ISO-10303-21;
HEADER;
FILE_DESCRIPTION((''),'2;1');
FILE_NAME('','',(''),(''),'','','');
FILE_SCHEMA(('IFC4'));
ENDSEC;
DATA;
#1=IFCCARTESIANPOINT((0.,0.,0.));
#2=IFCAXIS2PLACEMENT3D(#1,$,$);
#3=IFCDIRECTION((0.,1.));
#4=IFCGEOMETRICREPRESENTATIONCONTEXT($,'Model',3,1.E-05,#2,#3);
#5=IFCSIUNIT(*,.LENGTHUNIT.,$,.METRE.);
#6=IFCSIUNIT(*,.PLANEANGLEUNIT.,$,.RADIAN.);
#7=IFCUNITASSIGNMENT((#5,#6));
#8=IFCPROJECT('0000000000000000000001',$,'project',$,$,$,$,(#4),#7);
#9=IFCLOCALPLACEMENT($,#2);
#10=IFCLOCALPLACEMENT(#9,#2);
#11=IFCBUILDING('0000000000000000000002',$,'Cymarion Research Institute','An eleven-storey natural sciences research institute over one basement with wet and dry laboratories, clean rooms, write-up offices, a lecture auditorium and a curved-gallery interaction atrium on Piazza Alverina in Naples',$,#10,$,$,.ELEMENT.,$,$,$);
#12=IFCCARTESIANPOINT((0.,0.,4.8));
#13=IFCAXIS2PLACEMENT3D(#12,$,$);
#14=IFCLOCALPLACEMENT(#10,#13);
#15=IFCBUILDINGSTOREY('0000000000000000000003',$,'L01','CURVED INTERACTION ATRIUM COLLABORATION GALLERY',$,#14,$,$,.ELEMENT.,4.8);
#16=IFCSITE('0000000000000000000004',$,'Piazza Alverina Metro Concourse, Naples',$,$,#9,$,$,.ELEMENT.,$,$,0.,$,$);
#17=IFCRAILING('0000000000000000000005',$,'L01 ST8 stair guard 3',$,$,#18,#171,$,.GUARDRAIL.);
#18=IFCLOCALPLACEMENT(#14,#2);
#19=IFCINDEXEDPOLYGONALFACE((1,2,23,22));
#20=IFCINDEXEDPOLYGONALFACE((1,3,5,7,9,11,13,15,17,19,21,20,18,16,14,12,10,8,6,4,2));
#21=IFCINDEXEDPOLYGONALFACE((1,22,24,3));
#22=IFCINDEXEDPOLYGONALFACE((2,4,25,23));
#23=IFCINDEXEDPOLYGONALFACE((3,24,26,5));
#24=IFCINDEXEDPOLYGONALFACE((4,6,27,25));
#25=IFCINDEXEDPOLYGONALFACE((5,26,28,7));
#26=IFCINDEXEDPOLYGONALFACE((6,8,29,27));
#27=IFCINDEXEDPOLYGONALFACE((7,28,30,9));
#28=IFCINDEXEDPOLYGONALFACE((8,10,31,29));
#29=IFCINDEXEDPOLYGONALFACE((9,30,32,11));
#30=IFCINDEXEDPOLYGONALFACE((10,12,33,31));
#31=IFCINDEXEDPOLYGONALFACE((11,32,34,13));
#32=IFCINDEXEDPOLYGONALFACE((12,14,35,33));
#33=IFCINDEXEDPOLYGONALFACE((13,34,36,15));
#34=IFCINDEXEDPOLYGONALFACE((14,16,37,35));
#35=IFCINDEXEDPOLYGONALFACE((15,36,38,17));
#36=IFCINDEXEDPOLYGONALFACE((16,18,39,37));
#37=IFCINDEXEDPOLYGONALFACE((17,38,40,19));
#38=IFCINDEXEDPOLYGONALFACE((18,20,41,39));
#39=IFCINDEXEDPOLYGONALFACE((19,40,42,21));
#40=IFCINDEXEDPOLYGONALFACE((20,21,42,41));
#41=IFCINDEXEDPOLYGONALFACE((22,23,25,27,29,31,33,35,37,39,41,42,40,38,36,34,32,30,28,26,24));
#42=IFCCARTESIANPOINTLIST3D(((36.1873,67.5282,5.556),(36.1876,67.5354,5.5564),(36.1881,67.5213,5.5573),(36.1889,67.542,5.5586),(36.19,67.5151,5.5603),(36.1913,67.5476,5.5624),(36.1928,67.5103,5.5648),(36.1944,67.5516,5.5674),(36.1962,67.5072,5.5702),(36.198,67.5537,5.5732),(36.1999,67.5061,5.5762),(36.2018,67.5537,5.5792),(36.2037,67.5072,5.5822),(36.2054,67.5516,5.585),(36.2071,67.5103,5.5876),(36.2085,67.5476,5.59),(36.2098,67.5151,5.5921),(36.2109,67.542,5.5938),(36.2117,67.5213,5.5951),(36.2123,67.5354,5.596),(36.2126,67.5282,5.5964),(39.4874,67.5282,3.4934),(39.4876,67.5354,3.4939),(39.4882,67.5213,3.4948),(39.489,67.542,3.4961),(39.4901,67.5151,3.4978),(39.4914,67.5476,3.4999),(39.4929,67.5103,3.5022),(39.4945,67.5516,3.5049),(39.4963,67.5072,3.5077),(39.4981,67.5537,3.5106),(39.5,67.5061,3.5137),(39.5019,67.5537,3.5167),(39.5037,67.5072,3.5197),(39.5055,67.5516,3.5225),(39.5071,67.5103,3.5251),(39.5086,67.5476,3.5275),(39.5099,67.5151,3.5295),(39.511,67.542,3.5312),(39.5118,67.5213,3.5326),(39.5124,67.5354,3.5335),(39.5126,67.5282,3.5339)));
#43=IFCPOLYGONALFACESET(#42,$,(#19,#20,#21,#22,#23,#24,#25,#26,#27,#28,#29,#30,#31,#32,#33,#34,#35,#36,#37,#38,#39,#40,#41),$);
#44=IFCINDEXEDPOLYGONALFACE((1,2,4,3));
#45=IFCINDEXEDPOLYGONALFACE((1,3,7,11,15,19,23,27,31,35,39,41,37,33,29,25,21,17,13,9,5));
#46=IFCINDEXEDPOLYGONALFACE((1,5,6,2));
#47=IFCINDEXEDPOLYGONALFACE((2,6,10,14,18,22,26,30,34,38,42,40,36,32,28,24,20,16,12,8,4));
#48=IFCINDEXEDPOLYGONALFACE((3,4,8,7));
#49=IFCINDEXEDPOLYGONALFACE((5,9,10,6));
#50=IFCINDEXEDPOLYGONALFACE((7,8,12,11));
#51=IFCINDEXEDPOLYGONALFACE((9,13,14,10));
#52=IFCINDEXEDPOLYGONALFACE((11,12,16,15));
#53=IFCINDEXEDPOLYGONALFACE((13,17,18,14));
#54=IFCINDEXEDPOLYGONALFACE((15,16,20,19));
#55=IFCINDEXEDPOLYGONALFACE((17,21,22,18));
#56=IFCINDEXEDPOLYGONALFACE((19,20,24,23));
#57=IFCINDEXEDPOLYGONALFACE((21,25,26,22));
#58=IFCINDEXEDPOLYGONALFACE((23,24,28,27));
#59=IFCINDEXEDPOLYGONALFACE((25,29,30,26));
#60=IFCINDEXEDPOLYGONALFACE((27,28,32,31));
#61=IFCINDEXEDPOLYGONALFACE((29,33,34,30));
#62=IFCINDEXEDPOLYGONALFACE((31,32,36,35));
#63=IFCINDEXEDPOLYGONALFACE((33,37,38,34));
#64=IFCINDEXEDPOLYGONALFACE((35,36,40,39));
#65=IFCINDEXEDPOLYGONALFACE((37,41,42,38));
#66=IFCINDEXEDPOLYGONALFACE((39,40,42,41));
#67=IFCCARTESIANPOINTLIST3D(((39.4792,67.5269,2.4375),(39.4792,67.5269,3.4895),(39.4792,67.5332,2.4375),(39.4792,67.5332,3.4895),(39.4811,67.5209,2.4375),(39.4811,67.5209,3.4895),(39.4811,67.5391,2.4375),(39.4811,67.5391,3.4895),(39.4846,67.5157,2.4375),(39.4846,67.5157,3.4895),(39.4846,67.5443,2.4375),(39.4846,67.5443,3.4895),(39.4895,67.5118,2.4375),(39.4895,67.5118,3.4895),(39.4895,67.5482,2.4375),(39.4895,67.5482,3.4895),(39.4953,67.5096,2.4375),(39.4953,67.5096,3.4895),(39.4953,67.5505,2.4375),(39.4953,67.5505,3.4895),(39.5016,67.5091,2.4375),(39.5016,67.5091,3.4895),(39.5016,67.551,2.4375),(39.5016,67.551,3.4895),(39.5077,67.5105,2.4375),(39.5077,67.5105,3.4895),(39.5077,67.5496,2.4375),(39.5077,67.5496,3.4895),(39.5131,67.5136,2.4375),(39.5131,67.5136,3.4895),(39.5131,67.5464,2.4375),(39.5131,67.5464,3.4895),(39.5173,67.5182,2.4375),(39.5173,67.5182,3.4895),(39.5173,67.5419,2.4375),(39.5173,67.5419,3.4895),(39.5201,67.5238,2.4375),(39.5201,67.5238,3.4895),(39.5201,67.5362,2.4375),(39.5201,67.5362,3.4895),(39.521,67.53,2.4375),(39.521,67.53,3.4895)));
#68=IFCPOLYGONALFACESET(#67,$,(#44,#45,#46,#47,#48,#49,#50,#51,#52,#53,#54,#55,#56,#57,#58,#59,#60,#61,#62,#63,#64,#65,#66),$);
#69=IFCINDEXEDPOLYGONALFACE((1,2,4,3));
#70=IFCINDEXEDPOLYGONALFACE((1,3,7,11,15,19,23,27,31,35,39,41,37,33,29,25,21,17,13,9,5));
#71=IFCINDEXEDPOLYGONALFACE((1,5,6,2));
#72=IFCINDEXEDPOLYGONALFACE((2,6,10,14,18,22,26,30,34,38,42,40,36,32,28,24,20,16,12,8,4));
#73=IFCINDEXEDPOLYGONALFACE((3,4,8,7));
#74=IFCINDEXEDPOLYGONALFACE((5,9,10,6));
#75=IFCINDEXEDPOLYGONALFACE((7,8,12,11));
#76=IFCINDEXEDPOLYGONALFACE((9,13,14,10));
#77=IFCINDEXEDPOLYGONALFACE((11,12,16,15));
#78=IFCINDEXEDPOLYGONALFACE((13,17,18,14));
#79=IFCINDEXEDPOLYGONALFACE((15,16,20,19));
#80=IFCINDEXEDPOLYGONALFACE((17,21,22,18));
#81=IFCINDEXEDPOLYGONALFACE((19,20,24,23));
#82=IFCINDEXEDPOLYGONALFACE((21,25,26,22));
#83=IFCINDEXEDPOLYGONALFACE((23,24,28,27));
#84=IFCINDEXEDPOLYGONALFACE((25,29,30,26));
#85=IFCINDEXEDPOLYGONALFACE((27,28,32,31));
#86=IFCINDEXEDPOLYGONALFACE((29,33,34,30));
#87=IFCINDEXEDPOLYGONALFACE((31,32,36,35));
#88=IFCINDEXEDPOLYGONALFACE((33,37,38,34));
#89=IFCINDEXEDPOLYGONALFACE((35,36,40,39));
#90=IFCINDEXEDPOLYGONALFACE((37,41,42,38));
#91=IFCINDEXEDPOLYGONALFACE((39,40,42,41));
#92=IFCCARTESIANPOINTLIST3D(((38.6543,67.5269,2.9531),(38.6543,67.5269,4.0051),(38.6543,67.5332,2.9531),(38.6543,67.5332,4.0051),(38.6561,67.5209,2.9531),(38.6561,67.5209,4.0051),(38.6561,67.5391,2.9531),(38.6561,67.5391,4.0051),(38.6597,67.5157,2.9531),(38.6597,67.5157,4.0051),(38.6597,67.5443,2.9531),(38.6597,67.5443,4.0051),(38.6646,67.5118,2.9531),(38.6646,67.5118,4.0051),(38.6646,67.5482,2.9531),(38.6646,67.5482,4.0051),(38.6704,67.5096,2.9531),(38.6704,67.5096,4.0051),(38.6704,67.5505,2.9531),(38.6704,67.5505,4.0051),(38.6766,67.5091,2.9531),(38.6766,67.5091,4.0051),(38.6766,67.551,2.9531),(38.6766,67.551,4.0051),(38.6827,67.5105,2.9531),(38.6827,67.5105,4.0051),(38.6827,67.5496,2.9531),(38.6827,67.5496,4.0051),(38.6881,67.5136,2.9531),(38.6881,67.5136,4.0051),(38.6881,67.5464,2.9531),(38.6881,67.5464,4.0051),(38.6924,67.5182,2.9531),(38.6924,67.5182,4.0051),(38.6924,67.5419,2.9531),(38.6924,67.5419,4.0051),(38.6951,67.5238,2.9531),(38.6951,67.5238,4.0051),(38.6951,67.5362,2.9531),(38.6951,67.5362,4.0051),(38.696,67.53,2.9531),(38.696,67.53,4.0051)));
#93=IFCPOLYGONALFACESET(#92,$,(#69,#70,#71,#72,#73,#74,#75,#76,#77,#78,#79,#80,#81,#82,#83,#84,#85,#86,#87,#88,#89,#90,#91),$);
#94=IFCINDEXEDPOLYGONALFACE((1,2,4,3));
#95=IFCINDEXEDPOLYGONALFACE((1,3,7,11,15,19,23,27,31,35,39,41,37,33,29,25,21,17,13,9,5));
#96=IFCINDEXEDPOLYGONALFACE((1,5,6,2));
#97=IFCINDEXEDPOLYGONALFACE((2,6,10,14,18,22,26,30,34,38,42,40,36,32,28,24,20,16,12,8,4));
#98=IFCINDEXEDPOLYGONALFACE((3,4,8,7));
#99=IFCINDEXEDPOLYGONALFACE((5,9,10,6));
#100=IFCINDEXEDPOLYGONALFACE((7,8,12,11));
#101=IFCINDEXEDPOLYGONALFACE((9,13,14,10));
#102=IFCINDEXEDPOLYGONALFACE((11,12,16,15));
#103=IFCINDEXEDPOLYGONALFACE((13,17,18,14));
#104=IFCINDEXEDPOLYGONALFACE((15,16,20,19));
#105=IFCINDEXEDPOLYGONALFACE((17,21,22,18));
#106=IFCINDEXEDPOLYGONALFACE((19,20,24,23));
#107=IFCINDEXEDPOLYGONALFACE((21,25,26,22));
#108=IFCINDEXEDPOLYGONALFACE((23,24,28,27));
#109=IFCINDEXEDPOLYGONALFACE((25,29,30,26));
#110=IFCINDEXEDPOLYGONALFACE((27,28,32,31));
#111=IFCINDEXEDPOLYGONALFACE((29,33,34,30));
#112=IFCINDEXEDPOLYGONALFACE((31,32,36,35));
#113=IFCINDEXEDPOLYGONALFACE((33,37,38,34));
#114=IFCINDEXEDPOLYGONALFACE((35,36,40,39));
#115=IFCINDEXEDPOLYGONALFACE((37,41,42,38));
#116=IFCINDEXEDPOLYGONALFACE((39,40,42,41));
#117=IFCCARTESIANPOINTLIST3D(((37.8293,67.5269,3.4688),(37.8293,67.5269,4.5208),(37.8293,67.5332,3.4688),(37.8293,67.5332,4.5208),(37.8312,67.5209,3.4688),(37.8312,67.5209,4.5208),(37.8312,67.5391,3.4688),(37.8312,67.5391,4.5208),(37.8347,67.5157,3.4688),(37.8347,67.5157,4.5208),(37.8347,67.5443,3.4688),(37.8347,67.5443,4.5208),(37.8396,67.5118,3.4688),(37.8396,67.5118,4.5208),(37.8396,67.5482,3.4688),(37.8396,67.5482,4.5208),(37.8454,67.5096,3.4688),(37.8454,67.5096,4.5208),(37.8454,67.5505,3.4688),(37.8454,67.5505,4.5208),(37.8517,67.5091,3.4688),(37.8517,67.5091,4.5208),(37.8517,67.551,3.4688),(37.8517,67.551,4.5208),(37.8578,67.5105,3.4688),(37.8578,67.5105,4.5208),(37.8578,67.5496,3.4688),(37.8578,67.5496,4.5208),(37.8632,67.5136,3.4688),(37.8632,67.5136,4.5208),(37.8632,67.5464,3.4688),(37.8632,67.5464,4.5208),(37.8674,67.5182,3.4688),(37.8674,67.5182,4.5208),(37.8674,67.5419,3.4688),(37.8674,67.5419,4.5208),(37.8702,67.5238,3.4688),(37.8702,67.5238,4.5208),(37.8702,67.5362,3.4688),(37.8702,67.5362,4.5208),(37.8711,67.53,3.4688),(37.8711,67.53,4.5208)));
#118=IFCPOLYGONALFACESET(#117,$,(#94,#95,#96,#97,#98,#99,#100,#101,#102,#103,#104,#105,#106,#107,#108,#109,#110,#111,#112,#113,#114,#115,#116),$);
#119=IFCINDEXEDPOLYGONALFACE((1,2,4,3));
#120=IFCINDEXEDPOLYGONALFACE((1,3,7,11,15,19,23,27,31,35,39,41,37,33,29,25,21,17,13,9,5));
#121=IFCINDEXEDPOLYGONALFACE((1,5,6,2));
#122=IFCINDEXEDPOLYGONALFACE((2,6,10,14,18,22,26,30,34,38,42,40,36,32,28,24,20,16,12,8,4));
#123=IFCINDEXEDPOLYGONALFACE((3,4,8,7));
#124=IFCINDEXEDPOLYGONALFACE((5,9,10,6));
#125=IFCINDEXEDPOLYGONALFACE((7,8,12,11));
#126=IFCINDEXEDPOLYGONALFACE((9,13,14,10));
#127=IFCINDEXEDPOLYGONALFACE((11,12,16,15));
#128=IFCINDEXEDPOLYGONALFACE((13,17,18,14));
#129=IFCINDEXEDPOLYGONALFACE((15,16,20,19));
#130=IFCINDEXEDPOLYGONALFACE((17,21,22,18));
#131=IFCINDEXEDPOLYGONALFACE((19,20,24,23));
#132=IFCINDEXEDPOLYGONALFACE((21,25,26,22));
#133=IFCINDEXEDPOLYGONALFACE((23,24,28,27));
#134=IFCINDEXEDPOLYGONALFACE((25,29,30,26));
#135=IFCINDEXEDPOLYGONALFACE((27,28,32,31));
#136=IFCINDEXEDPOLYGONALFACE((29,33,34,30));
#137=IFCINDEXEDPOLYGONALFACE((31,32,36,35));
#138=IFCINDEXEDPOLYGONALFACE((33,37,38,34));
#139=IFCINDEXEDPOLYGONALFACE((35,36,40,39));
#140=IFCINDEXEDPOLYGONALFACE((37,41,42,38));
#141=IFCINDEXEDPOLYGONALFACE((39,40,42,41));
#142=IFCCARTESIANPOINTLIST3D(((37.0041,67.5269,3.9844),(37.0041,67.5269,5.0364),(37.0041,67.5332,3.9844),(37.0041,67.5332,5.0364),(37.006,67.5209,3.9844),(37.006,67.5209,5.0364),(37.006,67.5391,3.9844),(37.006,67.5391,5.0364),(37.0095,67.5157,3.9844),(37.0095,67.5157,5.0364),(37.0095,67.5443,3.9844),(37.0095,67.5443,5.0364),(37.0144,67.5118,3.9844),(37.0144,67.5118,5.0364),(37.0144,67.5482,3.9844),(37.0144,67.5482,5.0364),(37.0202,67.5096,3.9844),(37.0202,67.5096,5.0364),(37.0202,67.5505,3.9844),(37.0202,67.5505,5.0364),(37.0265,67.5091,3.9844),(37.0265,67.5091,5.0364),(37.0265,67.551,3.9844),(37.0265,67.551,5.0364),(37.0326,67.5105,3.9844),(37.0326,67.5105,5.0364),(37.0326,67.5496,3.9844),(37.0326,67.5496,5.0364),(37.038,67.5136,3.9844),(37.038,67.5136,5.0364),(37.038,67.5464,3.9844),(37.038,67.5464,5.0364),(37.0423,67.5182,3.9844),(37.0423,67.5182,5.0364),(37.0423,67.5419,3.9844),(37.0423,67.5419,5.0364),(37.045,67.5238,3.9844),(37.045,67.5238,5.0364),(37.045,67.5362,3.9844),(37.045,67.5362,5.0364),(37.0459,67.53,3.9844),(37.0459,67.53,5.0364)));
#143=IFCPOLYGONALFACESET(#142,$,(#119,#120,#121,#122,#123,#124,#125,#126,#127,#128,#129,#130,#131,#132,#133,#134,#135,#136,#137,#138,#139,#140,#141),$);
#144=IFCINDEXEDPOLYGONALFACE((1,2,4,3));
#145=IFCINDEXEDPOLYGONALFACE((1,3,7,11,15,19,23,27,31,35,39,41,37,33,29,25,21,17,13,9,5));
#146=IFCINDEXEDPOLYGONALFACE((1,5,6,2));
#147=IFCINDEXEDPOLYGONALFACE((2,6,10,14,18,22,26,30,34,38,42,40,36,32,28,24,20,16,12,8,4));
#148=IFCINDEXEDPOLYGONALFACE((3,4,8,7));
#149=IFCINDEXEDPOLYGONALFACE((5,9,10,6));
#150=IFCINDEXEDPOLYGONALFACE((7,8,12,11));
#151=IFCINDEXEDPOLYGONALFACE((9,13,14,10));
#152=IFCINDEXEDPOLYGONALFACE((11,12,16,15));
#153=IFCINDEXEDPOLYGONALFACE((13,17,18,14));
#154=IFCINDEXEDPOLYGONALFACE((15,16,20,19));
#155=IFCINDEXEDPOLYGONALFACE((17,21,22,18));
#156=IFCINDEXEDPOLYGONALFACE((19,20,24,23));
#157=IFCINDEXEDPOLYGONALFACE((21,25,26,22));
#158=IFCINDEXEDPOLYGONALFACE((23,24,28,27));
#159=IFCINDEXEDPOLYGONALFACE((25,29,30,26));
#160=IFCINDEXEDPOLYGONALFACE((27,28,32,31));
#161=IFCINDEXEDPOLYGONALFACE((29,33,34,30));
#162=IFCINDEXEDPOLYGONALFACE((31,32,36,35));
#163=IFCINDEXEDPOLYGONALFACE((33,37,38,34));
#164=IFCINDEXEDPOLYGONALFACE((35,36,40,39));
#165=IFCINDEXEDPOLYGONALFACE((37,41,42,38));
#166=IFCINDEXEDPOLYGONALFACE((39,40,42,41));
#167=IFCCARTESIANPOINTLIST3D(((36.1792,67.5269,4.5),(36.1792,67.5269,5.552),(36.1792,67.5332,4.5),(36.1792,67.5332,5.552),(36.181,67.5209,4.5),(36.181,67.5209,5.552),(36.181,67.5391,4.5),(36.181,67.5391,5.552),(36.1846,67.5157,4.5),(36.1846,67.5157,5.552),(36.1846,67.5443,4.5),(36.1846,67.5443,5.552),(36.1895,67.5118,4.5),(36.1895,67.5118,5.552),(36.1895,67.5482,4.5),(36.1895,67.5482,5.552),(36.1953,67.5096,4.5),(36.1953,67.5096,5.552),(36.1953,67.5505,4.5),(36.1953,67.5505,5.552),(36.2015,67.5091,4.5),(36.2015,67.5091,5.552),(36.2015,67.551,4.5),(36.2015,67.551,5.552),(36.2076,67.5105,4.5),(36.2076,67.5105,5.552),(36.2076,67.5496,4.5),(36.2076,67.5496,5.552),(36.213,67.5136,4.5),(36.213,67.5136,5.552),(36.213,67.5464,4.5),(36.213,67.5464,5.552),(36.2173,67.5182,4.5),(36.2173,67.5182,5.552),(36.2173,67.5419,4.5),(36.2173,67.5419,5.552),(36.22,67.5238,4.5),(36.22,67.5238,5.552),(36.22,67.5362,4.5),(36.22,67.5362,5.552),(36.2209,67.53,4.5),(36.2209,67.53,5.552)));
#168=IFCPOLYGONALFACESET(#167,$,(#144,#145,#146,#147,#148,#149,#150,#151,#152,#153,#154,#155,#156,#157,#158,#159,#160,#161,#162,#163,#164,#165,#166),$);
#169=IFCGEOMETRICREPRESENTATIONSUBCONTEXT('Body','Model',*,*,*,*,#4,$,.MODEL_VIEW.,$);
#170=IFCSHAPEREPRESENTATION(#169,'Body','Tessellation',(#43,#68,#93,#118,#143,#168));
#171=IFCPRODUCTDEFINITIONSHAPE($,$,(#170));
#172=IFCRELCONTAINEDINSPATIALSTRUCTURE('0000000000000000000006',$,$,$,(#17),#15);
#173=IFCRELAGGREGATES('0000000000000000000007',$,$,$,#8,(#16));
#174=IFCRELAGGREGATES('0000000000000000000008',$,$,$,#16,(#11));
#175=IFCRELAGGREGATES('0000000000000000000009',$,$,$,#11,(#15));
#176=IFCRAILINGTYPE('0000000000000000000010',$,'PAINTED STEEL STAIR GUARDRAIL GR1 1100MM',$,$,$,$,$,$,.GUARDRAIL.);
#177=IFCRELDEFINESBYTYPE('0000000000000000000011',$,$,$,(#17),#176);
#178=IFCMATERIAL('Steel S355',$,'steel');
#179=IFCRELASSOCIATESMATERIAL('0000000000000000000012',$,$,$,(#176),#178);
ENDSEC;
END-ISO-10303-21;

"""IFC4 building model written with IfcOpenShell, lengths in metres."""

from ifc_helpers import new_model, si_unit, direction, frame, origin, origin_2d, place, context, subcontext, project, spatial, circle, extrude, material, type_object, element, save


model = new_model("IFC4")

# Units and contexts
model_context = context("Model", 3, precision=1e-05, world=origin(), true_north=direction((0.0, 1.0)))
body_context = subcontext(model_context, "Body", "Model", "MODEL_VIEW")
ifc_project = project(units=[si_unit("LENGTHUNIT", "METRE"), si_unit("PLANEANGLEUNIT", "RADIAN")], contexts=[model_context])

# Site, building, storey
site_placement = place(None, origin())
site = spatial("IfcSite", under=ifc_project, at=site_placement, Name="Piazza Alverina Metro Concourse, Naples", CompositionType="ELEMENT", RefElevation=0.0)
building_placement = place(site_placement, origin())
building = spatial("IfcBuilding", under=site, at=building_placement, Name="Cymarion Research Institute", Description="An eleven-storey natural sciences research institute over one basement with wet and dry laboratories, clean rooms, write-up offices, a lecture auditorium and a curved-gallery interaction atrium on Piazza Alverina in Naples", CompositionType="ELEMENT")
storey_placement = place(building_placement, frame((0.0, 0.0, 4.8)))
storey = spatial("IfcBuildingStorey", under=building, at=storey_placement, Name="L01", Description="CURVED INTERACTION ATRIUM COLLABORATION GALLERY", CompositionType="ELEMENT", Elevation=4.8)

# Shared definitions
ifc_material_1 = material(Name="Steel S355", Category="steel")

# Railing
railing_type_1 = type_object("IfcRailingType", Name="PAINTED STEEL STAIR GUARDRAIL GR1 1100MM", PredefinedType="GUARDRAIL", material=ifc_material_1)
railing_1_placement = place(storey_placement, frame((39.5, 67.53, 2.4375)))
element("IfcRailing", 1, at=railing_1_placement, inside=storey, type_object=railing_type_1, Name="L01 ST8 stair guard 3", PredefinedType="GUARDRAIL", context=body_context, shape_type="SweptSolid", body=[
    extrude(circle(Radius=0.0239, at=origin_2d()), frame((0.0, 0.0, 1.0762), z_axis=(-0.848002, 0.0, 0.529993), x_axis=(0.0, -1.0, 0.0)), (0.0, 0.0, 1.0), 3.8916),
    extrude(circle(Radius=0.021, at=origin_2d()), origin(), (0.0, 0.0, 1.0), 1.052),
    extrude(circle(Radius=0.021, at=origin_2d()), frame((-0.825, 0.0, 0.5156)), (0.0, 0.0, 1.0), 1.052),
    extrude(circle(Radius=0.021, at=origin_2d()), frame((-1.6499, 0.0, 1.0312)), (0.0, 0.0, 1.0), 1.052),
    extrude(circle(Radius=0.021, at=origin_2d()), frame((-2.4751, 0.0, 1.5469)), (0.0, 0.0, 1.0), 1.052),
    extrude(circle(Radius=0.021, at=origin_2d()), frame((-3.3, 0.0, 2.0625)), (0.0, 0.0, 1.0), 1.052),
])

save(model, "model.ifc")
